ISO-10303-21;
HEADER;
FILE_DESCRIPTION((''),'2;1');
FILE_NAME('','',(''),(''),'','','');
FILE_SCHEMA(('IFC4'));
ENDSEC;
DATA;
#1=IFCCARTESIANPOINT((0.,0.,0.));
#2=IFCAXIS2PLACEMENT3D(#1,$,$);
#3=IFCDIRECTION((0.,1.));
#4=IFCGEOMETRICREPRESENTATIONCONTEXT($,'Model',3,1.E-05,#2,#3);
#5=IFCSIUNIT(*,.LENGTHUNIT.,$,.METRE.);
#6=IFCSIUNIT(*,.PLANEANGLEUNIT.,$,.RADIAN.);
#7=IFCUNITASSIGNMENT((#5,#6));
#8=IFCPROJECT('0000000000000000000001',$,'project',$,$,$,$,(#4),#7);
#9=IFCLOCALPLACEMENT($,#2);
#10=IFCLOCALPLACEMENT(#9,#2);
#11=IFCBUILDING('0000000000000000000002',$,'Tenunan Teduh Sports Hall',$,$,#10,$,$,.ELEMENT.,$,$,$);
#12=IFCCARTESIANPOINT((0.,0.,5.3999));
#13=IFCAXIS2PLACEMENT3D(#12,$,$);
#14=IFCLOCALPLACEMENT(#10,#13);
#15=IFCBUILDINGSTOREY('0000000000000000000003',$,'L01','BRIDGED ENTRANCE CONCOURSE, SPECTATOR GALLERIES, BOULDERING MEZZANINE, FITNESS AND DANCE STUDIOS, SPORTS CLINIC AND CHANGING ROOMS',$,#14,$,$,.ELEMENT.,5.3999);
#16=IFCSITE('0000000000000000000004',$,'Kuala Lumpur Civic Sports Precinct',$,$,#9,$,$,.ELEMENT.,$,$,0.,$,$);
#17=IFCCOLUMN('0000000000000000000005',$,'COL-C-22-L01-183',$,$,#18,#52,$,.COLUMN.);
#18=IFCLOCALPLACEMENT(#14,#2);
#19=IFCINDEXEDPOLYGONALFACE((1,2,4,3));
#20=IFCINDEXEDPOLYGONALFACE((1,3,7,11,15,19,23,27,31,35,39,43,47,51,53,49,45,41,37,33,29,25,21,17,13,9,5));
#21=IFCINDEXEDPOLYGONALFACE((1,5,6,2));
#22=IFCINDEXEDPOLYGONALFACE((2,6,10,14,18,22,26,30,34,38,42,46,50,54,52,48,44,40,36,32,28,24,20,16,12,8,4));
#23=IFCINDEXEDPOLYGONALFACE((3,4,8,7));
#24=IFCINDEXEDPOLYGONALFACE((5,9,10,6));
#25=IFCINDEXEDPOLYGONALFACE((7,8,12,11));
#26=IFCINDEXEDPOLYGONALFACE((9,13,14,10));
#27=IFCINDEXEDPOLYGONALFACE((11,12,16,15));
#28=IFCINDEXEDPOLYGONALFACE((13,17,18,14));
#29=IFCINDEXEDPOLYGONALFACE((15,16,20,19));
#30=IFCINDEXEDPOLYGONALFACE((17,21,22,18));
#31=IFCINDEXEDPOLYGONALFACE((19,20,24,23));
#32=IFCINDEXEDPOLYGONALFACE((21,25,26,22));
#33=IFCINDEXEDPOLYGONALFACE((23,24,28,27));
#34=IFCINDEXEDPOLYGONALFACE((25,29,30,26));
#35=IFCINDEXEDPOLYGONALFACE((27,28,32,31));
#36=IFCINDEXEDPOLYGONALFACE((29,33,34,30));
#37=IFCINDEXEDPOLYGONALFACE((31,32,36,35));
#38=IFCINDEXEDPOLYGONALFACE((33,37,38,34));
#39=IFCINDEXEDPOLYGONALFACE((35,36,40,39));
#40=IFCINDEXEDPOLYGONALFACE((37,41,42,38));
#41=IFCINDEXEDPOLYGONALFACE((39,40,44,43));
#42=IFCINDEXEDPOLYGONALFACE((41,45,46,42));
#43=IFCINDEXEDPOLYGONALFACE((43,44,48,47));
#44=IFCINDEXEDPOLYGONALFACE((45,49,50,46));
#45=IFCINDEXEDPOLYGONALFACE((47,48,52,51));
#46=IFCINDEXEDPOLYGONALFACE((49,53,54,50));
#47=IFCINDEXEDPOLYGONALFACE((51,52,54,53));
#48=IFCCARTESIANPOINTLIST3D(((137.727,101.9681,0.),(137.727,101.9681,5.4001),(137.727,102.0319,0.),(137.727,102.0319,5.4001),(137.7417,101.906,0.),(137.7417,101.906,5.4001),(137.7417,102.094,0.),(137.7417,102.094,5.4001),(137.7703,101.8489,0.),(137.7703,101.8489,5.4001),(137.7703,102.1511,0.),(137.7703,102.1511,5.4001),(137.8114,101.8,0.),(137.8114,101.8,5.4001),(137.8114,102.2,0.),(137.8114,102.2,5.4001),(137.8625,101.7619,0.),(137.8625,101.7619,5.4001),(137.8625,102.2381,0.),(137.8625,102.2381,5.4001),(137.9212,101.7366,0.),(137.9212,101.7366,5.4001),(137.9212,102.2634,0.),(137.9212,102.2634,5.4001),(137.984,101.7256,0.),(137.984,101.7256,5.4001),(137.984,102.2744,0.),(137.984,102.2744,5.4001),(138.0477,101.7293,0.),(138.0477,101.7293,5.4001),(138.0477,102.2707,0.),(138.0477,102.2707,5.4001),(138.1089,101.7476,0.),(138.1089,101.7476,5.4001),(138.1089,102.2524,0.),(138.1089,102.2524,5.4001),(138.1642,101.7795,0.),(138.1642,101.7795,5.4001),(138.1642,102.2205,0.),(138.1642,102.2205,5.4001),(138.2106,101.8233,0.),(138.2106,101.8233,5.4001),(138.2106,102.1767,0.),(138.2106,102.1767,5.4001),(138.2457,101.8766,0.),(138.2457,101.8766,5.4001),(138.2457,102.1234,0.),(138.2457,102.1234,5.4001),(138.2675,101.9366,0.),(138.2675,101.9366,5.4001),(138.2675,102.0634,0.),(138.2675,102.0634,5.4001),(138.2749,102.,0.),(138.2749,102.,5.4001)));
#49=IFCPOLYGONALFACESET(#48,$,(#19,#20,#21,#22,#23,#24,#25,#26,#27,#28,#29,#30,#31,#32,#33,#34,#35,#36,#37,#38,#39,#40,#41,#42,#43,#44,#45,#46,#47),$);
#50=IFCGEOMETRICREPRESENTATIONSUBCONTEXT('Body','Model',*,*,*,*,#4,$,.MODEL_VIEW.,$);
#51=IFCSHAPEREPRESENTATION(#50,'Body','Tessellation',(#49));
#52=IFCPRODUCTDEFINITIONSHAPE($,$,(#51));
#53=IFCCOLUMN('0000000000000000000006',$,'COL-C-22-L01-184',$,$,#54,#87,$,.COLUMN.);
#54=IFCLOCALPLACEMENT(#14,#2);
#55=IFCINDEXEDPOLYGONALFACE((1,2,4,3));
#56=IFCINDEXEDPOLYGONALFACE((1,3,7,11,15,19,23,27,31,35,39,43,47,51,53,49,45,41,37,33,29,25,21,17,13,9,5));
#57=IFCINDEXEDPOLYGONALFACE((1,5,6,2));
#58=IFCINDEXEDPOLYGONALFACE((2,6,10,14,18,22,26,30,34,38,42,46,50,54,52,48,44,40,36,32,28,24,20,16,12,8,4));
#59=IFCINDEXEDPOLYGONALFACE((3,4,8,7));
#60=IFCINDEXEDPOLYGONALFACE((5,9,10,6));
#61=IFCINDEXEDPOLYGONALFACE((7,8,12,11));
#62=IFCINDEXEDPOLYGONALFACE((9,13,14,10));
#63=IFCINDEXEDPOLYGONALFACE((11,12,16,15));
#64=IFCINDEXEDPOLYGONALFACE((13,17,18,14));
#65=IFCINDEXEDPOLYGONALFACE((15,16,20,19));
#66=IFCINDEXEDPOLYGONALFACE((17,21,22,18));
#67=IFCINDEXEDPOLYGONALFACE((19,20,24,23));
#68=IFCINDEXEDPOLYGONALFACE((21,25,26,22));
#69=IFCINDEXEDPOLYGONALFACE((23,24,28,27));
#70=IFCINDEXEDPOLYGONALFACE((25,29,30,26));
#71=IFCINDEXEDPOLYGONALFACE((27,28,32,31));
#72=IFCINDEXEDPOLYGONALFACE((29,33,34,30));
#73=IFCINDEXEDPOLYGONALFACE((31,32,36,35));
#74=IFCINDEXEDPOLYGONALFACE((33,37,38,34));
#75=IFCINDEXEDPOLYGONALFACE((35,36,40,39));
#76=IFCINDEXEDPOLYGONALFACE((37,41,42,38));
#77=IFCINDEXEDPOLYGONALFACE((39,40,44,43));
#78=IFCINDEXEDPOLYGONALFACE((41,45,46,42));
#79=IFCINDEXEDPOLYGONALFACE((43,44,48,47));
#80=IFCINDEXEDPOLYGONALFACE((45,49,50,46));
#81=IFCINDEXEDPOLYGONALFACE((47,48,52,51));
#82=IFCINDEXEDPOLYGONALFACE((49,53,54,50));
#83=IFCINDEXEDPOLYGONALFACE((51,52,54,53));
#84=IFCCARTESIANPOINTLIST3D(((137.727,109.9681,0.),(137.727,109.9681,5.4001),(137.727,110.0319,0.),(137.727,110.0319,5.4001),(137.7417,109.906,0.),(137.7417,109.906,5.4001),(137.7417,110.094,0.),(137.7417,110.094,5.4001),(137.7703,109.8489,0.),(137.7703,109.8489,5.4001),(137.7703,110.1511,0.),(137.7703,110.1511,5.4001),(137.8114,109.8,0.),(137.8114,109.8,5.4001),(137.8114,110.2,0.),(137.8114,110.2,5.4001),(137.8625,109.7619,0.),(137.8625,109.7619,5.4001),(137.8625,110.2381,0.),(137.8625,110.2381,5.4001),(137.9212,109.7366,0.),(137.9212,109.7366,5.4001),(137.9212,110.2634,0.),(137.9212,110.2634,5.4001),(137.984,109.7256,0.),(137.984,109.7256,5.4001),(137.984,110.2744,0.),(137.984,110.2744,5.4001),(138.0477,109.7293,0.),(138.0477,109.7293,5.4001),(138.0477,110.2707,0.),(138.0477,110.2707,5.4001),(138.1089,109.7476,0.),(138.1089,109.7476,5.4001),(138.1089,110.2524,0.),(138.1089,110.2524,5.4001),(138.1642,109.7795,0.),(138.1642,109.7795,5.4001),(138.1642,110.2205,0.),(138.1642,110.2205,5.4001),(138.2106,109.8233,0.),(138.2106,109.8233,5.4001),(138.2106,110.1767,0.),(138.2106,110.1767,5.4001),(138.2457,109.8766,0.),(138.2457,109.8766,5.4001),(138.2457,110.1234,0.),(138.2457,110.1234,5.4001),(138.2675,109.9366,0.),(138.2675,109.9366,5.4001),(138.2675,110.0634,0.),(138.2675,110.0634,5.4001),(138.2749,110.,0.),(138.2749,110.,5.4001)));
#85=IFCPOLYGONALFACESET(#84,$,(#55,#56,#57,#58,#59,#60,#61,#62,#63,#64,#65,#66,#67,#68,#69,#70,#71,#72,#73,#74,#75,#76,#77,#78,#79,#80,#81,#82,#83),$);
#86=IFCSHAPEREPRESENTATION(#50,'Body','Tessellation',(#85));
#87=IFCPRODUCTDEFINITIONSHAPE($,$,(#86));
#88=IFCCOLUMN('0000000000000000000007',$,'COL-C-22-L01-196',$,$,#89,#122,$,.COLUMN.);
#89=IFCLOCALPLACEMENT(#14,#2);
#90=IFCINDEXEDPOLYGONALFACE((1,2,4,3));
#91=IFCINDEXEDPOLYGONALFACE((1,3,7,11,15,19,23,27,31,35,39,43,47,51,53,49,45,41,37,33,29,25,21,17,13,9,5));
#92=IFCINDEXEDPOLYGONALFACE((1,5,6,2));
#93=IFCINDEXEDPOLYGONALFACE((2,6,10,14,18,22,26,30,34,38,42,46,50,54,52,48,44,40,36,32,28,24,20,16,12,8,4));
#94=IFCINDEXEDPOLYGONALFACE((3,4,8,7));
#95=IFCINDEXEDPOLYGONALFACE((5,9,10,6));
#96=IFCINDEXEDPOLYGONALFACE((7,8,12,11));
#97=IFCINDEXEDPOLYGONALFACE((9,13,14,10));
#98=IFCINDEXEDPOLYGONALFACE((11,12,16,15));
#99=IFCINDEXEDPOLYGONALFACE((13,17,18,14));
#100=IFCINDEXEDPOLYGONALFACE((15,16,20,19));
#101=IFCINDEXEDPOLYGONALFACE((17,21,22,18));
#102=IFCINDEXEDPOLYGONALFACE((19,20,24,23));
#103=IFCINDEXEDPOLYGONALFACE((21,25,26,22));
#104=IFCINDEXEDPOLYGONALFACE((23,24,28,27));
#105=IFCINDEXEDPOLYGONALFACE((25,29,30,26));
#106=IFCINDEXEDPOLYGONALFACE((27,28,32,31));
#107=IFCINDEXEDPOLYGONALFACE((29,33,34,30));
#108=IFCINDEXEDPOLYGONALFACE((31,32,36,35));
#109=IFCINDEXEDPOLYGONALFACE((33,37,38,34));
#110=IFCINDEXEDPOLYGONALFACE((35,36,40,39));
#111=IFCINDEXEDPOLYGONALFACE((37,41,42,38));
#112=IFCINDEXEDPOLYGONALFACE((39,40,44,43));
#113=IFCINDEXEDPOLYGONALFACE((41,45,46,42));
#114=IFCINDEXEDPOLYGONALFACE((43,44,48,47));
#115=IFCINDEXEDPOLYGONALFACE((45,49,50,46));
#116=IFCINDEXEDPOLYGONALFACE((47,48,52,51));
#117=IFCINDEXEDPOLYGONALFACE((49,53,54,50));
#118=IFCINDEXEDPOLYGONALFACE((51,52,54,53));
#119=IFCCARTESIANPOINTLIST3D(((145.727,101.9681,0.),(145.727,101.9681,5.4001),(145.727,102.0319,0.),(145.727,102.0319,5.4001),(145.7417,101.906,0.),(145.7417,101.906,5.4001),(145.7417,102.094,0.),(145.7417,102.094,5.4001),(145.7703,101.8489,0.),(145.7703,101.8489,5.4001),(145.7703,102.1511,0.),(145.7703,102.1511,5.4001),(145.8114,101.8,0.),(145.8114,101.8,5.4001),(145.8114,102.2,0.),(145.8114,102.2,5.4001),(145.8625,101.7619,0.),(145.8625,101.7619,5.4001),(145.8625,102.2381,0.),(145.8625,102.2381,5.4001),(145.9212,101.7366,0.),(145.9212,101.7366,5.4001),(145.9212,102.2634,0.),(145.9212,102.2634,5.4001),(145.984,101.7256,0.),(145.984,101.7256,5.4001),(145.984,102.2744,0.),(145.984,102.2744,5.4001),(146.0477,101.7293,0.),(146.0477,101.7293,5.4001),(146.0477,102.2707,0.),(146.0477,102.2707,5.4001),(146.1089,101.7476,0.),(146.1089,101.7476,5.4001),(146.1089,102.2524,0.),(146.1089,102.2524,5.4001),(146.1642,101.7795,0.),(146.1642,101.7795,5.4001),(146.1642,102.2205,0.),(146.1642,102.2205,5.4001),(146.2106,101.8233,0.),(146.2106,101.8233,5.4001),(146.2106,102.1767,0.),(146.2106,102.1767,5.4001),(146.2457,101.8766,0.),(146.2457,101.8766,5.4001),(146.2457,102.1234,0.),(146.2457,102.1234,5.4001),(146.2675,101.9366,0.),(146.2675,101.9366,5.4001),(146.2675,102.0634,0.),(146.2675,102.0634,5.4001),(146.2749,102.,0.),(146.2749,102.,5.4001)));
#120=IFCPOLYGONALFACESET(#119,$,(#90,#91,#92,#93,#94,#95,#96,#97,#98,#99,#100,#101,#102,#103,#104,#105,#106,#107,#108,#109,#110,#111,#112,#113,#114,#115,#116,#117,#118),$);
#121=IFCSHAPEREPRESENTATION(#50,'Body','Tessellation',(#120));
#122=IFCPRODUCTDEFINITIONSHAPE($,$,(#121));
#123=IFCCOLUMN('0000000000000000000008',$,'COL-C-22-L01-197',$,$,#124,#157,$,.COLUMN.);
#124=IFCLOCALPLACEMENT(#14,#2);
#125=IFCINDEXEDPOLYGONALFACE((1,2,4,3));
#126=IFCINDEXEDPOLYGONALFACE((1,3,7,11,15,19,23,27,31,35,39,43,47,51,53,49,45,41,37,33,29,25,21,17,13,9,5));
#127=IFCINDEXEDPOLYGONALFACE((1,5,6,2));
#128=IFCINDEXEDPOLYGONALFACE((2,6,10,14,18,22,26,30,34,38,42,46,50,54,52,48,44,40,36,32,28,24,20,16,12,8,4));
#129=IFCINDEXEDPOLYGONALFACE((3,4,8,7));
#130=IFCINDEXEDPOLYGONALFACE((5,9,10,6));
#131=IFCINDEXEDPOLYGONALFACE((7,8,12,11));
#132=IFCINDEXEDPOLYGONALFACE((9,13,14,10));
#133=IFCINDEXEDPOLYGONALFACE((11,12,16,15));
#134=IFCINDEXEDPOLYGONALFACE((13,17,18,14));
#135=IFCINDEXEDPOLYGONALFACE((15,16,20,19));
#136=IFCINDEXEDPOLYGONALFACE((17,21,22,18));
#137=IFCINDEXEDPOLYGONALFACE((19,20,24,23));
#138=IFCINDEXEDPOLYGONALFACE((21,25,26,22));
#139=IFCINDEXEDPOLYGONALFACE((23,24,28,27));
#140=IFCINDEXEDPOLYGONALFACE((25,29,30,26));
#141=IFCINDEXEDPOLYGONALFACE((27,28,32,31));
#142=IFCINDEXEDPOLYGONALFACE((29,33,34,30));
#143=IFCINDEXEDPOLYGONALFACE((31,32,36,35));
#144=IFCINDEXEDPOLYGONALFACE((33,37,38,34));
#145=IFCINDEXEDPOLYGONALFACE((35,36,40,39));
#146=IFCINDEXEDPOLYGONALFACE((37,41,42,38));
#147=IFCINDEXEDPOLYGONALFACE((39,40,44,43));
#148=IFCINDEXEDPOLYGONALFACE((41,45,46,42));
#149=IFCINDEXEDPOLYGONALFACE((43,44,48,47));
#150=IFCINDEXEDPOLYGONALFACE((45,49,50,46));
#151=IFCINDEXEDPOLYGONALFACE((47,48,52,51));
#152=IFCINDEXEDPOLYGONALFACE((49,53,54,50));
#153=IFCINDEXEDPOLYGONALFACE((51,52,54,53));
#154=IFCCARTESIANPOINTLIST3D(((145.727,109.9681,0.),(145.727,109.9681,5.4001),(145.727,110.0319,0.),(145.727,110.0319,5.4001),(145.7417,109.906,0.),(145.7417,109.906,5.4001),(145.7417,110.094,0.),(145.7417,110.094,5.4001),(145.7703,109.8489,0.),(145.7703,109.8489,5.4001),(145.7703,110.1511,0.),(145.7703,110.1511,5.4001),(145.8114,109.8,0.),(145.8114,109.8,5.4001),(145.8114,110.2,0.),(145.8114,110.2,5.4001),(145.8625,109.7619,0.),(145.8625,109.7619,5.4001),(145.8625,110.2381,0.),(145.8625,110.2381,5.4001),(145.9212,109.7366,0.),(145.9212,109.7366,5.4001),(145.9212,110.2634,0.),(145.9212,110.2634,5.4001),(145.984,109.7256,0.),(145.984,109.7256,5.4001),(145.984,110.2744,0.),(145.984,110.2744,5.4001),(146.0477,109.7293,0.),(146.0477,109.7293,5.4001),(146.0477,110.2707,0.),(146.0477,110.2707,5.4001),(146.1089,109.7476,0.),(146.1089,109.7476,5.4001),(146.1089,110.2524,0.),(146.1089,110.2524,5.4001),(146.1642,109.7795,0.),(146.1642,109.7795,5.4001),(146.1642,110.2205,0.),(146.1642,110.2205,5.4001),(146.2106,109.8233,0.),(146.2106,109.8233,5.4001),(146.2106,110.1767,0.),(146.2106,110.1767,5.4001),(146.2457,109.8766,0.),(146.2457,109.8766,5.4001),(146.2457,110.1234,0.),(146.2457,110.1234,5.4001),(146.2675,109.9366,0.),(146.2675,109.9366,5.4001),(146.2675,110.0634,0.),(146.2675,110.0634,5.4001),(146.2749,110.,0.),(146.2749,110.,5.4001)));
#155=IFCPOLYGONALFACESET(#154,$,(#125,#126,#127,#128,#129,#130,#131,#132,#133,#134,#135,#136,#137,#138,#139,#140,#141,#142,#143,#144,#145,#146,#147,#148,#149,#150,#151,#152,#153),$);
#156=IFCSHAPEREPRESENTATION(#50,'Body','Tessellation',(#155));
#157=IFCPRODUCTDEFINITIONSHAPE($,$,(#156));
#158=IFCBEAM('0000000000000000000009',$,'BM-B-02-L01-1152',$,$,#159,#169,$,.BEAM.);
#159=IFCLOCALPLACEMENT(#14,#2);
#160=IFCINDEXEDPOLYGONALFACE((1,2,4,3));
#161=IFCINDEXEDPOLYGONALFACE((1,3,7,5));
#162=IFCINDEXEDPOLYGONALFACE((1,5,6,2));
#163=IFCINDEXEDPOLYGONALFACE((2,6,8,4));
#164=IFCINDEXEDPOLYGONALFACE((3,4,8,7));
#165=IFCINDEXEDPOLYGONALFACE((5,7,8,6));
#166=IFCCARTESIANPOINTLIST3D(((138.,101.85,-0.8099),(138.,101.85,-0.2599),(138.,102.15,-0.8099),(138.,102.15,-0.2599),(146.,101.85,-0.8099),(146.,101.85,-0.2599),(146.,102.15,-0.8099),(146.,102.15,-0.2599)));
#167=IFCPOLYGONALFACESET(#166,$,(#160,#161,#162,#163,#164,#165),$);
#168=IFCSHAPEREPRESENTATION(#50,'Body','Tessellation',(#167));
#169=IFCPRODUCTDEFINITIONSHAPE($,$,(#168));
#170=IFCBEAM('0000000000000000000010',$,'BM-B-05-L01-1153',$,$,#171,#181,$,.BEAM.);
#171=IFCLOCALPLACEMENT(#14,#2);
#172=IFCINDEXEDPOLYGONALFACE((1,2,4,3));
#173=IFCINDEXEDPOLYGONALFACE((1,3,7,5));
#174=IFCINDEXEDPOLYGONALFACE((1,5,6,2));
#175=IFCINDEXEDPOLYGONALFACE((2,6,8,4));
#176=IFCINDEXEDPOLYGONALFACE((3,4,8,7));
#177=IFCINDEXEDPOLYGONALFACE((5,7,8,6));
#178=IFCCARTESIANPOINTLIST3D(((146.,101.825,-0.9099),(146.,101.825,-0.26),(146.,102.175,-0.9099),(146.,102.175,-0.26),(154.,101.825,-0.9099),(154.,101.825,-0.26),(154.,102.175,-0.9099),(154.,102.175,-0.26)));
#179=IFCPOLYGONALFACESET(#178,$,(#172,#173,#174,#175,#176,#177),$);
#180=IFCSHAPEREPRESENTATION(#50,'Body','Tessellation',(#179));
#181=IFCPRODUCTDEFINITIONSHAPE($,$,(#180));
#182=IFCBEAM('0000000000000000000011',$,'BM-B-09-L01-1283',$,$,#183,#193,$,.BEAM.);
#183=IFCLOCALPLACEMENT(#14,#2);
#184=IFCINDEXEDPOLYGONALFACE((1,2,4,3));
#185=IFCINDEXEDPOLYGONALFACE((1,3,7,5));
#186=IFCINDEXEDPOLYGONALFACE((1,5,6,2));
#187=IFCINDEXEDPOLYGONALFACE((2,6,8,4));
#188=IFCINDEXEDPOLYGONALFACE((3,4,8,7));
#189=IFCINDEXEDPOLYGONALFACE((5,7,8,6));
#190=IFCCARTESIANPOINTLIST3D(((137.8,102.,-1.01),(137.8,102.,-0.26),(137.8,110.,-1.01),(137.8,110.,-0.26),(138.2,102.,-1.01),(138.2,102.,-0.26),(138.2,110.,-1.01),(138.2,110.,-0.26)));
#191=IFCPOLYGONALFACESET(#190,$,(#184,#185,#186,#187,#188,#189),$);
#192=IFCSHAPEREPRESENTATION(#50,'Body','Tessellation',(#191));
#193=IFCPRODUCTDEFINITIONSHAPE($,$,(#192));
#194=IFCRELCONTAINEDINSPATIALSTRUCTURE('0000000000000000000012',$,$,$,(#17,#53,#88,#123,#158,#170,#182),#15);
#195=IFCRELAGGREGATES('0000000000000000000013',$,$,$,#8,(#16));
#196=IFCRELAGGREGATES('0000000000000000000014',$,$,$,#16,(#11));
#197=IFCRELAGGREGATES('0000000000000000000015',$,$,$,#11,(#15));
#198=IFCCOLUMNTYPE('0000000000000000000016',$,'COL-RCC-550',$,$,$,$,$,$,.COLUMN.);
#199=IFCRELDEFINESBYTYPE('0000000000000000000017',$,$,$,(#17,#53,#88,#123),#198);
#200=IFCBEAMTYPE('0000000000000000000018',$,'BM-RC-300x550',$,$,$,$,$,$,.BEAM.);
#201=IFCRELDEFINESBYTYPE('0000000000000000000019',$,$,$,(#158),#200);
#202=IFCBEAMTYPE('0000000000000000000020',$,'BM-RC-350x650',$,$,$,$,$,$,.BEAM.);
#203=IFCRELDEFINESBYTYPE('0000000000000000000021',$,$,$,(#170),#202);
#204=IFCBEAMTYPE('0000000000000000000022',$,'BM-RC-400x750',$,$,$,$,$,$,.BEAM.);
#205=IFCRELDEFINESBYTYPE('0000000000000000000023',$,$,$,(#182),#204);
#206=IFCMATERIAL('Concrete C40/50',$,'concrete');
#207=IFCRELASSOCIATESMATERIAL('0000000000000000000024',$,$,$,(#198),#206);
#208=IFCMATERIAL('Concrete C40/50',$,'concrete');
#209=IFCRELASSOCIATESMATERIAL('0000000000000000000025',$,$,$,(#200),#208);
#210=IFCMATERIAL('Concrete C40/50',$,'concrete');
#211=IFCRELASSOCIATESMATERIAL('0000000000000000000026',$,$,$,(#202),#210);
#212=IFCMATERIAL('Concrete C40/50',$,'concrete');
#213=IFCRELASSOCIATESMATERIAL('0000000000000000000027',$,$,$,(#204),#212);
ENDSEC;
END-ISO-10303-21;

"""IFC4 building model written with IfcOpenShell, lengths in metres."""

from ifc_helpers import new_model, si_unit, direction, frame, origin, origin_2d, place, context, subcontext, project, spatial, rectangle, circle, extrude, material, material_profile, profile_set, type_object, element, save


model = new_model("IFC4")

# Units and contexts
model_context = context("Model", 3, precision=1e-05, world=origin(), true_north=direction((0.0, 1.0)))
body_context = subcontext(model_context, "Body", "Model", "MODEL_VIEW")
ifc_project = project(units=[si_unit("LENGTHUNIT", "METRE"), si_unit("PLANEANGLEUNIT", "RADIAN")], contexts=[model_context])

# Site, building, storey
site_placement = place(None, origin())
site = spatial("IfcSite", under=ifc_project, at=site_placement, Name="Kuala Lumpur Civic Sports Precinct", CompositionType="ELEMENT", RefElevation=0.0)
building_placement = place(site_placement, origin())
building = spatial("IfcBuilding", under=site, at=building_placement, Name="Tenunan Teduh Sports Hall", CompositionType="ELEMENT")
storey_placement = place(building_placement, frame((0.0, 0.0, 5.3999)))
storey = spatial("IfcBuildingStorey", under=building, at=storey_placement, Name="L01", Description="BRIDGED ENTRANCE CONCOURSE, SPECTATOR GALLERIES, BOULDERING MEZZANINE, FITNESS AND DANCE STUDIOS, SPORTS CLINIC AND CHANGING ROOMS", CompositionType="ELEMENT", Elevation=5.3999)

# Columns
ifc_material_1 = material(Name="Concrete C40/50", Category="concrete")
ifc_material_profile_1 = material_profile(ifc_material_1, circle(Radius=0.2749, at=origin_2d()), Name="RCC D550")
ifc_profile_set_1 = profile_set([ifc_material_profile_1], Name="Concrete C40/50")
column_type = type_object("IfcColumnType", Name="COL-RCC-550", PredefinedType="COLUMN", material=ifc_profile_set_1)
for number, where, z_axis, x_axis, name in (
    (1, (138.0, 102.0, 0.0), (0.0, 0.0, 1.0), (1.0, 0.0, 0.0), "COL-C-22-L01-183"),
    (2, (138.0, 110.0, 0.0), (0.0, 0.0, 1.0), (1.0, 0.0, 0.0), "COL-C-22-L01-184"),
    (3, (146.0, 102.0, 0.0), (0.0, 0.0, 1.0), (1.0, 0.0, 0.0), "COL-C-22-L01-196"),
    (4, (146.0, 110.0, 0.0), (0.0, 0.0, 1.0), (1.0, 0.0, 0.0), "COL-C-22-L01-197"),
):
    element("IfcColumn", number, at=place(storey_placement, frame(where, z_axis=z_axis, x_axis=x_axis)), inside=storey, type_object=column_type, Name=name, PredefinedType="COLUMN", context=body_context, shape_type="SweptSolid", body=[
        extrude(circle(Radius=0.2749, at=origin_2d()), origin(), (0.0, 0.0, 1.0), 5.4001),
    ])

# Beams
ifc_material_2 = material(Name="Concrete C40/50", Category="concrete")
ifc_material_profile_2 = material_profile(ifc_material_2, rectangle(XDim=0.3, YDim=0.55, at=origin_2d()), Name="RCB 300x550")
ifc_profile_set_2 = profile_set([ifc_material_profile_2], Name="Concrete C40/50")
beam_type_1 = type_object("IfcBeamType", Name="BM-RC-300x550", PredefinedType="BEAM", material=ifc_profile_set_2)
beam_1_placement = place(storey_placement, frame((138.0, 102.0, -0.5349), z_axis=(1.0, 0.0, 0.0), x_axis=(0.0, 1.0, 0.0)))
element("IfcBeam", 5, at=beam_1_placement, inside=storey, type_object=beam_type_1, Name="BM-B-02-L01-1152", PredefinedType="BEAM", context=body_context, shape_type="SweptSolid", body=[
    extrude(rectangle(XDim=0.3, YDim=0.55, at=origin_2d()), origin(), (0.0, 0.0, 1.0), 8.0),
])
ifc_material_3 = material(Name="Concrete C40/50", Category="concrete")
ifc_material_profile_3 = material_profile(ifc_material_3, rectangle(XDim=0.3501, YDim=0.6499, at=origin_2d()), Name="RCB 350x650")
ifc_profile_set_3 = profile_set([ifc_material_profile_3], Name="Concrete C40/50")
beam_type_2 = type_object("IfcBeamType", Name="BM-RC-350x650", PredefinedType="BEAM", material=ifc_profile_set_3)
beam_2_placement = place(storey_placement, frame((146.0, 102.0, -0.585), z_axis=(1.0, 0.0, 0.0), x_axis=(0.0, 1.0, 0.0)))
element("IfcBeam", 6, at=beam_2_placement, inside=storey, type_object=beam_type_2, Name="BM-B-05-L01-1153", PredefinedType="BEAM", context=body_context, shape_type="SweptSolid", body=[
    extrude(rectangle(XDim=0.3501, YDim=0.6499, at=origin_2d()), origin(), (0.0, 0.0, 1.0), 8.0),
])
ifc_material_4 = material(Name="Concrete C40/50", Category="concrete")
ifc_material_profile_4 = material_profile(ifc_material_4, rectangle(XDim=0.3999, YDim=0.75, at=origin_2d()), Name="RCB 400x750")
ifc_profile_set_4 = profile_set([ifc_material_profile_4], Name="Concrete C40/50")
beam_type_3 = type_object("IfcBeamType", Name="BM-RC-400x750", PredefinedType="BEAM", material=ifc_profile_set_4)
beam_3_placement = place(storey_placement, frame((138.0, 102.0, -0.635), z_axis=(0.0, 1.0, 0.0), x_axis=(-1.0, 0.0, 0.0)))
element("IfcBeam", 7, at=beam_3_placement, inside=storey, type_object=beam_type_3, Name="BM-B-09-L01-1283", PredefinedType="BEAM", context=body_context, shape_type="SweptSolid", body=[
    extrude(rectangle(XDim=0.3999, YDim=0.75, at=origin_2d()), origin(), (0.0, 0.0, 1.0), 8.0),
])

save(model, "model.ifc")
